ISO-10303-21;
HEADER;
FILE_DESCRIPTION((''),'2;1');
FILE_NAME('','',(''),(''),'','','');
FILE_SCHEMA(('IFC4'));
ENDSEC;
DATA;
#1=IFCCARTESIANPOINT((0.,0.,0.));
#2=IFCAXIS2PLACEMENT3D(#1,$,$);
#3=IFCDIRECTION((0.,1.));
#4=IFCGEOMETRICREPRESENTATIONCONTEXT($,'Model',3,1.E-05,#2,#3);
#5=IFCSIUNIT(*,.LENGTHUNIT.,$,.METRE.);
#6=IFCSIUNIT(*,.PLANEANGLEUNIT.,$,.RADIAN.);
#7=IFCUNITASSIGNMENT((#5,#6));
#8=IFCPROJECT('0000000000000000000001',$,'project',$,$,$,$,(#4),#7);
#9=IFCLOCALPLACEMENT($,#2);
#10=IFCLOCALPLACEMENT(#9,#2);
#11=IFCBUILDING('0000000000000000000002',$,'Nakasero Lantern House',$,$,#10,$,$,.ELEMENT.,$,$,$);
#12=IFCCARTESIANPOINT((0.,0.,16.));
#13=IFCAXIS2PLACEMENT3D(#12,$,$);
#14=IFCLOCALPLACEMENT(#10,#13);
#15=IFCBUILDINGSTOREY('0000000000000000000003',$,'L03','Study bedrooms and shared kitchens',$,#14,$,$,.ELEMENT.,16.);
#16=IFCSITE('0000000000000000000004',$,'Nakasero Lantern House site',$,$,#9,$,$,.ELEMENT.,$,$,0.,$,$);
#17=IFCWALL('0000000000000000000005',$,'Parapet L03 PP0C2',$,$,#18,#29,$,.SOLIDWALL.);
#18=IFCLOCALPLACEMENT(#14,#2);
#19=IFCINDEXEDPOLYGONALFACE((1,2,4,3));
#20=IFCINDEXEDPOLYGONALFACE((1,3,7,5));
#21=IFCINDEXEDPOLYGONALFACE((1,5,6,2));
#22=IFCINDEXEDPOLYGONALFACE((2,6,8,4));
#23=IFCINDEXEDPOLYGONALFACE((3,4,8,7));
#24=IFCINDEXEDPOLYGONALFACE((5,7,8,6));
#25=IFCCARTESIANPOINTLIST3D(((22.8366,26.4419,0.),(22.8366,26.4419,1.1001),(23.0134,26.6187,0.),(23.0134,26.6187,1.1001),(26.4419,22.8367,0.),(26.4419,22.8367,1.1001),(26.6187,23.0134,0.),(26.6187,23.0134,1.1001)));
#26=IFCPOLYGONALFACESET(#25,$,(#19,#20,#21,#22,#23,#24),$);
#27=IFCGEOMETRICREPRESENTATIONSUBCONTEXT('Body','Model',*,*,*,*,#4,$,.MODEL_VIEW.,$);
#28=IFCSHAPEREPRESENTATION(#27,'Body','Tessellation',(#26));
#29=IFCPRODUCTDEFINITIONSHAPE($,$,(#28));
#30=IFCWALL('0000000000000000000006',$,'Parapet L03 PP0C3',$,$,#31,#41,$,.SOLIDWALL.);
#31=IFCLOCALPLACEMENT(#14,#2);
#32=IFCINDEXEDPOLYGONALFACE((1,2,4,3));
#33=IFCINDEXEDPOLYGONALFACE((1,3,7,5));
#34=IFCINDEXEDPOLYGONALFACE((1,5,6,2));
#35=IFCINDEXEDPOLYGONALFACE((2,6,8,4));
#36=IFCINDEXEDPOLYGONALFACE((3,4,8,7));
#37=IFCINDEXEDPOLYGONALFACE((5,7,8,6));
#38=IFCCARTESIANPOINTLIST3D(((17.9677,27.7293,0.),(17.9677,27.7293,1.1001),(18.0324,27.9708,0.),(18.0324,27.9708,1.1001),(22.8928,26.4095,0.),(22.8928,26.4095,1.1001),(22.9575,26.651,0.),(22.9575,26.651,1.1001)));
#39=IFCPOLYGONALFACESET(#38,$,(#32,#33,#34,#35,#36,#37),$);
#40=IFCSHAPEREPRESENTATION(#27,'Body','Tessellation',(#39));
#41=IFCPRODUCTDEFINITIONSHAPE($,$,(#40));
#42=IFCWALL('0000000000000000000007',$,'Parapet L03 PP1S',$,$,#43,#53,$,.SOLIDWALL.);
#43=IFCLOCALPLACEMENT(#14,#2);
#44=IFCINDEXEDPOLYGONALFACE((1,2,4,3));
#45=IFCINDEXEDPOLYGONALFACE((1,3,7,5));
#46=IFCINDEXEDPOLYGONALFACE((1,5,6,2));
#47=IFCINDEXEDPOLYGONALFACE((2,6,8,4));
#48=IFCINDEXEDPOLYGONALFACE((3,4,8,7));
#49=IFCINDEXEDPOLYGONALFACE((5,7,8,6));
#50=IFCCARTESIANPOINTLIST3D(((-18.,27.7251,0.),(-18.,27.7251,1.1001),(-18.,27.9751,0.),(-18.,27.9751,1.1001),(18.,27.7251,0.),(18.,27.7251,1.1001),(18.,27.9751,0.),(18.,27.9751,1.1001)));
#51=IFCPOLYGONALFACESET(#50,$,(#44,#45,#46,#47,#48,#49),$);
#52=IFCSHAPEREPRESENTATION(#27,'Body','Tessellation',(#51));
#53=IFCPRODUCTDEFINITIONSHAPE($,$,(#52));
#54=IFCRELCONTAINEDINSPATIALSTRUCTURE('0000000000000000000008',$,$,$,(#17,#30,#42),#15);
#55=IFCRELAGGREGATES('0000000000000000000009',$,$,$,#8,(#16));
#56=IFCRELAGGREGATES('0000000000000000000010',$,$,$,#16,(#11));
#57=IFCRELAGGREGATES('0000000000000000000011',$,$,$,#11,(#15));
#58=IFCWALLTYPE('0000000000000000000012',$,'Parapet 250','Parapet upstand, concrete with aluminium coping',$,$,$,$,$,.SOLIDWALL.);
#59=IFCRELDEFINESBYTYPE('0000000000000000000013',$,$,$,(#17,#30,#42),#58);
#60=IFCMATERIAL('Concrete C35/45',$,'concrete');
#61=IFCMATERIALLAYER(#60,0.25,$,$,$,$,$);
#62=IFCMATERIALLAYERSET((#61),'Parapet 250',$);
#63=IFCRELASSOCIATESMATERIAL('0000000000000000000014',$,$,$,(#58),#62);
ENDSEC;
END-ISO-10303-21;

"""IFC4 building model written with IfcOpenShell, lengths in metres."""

from ifc_helpers import new_model, si_unit, direction, frame, frame_2d, origin, place, context, subcontext, project, spatial, rectangle, extrude, material, layer, layer_set, type_object, element, save


model = new_model("IFC4")

# Units and contexts
model_context = context("Model", 3, precision=1e-05, world=origin(), true_north=direction((0.0, 1.0)))
body_context = subcontext(model_context, "Body", "Model", "MODEL_VIEW")
ifc_project = project(units=[si_unit("LENGTHUNIT", "METRE"), si_unit("PLANEANGLEUNIT", "RADIAN")], contexts=[model_context])

# Site, building, storey
site_placement = place(None, origin())
site = spatial("IfcSite", under=ifc_project, at=site_placement, Name="Nakasero Lantern House site", CompositionType="ELEMENT", RefElevation=0.0)
building_placement = place(site_placement, origin())
building = spatial("IfcBuilding", under=site, at=building_placement, Name="Nakasero Lantern House", CompositionType="ELEMENT")
storey_placement = place(building_placement, frame((0.0, 0.0, 16.0)))
storey = spatial("IfcBuildingStorey", under=building, at=storey_placement, Name="L03", Description="Study bedrooms and shared kitchens", CompositionType="ELEMENT", Elevation=16.0)

# Walls
ifc_material_1 = material(Name="Concrete C35/45", Category="concrete")
ifc_layer_1 = layer(ifc_material_1, 0.25)
ifc_layer_set_1 = layer_set([ifc_layer_1], Name="Parapet 250")
wall_type_1 = type_object("IfcWallType", Name="Parapet 250", Description="Parapet upstand, concrete with aluminium coping", PredefinedType="SOLIDWALL", material=ifc_layer_set_1)
wall_1_placement = place(storey_placement, frame((26.5303, 22.925, 0.0), z_axis=(0.0, 0.0, 1.0), x_axis=(-0.707107, 0.707107, 0.0)))
element("IfcWall", 1, at=wall_1_placement, inside=storey, type_object=wall_type_1, Name="Parapet L03 PP0C2", PredefinedType="SOLIDWALL", context=body_context, shape_type="SweptSolid", body=[
    extrude(rectangle(XDim=5.0986, YDim=0.25, at=frame_2d((2.5493, 0.0))), origin(), (0.0, 0.0, 1.0), 1.1001),
])
wall_2_placement = place(storey_placement, frame((22.925, 26.5303, 0.0), z_axis=(0.0, 0.0, 1.0), x_axis=(-0.965918, 0.258849, 0.0)))
element("IfcWall", 2, at=wall_2_placement, inside=storey, type_object=wall_type_1, Name="Parapet L03 PP0C3", PredefinedType="SOLIDWALL", context=body_context, shape_type="SweptSolid", body=[
    extrude(rectangle(XDim=5.0989, YDim=0.25, at=frame_2d((2.5493, 0.0))), origin(), (0.0, 0.0, 1.0), 1.1001),
])
wall_3_placement = place(storey_placement, frame((18.0, 27.8501, 0.0), z_axis=(0.0, 0.0, 1.0), x_axis=(-1.0, 0.0, 0.0)))
element("IfcWall", 3, at=wall_3_placement, inside=storey, type_object=wall_type_1, Name="Parapet L03 PP1S", PredefinedType="SOLIDWALL", context=body_context, shape_type="SweptSolid", body=[
    extrude(rectangle(XDim=36.0, YDim=0.25, at=frame_2d((18.0, 0.0))), origin(), (0.0, 0.0, 1.0), 1.1001),
])

save(model, "model.ifc")
